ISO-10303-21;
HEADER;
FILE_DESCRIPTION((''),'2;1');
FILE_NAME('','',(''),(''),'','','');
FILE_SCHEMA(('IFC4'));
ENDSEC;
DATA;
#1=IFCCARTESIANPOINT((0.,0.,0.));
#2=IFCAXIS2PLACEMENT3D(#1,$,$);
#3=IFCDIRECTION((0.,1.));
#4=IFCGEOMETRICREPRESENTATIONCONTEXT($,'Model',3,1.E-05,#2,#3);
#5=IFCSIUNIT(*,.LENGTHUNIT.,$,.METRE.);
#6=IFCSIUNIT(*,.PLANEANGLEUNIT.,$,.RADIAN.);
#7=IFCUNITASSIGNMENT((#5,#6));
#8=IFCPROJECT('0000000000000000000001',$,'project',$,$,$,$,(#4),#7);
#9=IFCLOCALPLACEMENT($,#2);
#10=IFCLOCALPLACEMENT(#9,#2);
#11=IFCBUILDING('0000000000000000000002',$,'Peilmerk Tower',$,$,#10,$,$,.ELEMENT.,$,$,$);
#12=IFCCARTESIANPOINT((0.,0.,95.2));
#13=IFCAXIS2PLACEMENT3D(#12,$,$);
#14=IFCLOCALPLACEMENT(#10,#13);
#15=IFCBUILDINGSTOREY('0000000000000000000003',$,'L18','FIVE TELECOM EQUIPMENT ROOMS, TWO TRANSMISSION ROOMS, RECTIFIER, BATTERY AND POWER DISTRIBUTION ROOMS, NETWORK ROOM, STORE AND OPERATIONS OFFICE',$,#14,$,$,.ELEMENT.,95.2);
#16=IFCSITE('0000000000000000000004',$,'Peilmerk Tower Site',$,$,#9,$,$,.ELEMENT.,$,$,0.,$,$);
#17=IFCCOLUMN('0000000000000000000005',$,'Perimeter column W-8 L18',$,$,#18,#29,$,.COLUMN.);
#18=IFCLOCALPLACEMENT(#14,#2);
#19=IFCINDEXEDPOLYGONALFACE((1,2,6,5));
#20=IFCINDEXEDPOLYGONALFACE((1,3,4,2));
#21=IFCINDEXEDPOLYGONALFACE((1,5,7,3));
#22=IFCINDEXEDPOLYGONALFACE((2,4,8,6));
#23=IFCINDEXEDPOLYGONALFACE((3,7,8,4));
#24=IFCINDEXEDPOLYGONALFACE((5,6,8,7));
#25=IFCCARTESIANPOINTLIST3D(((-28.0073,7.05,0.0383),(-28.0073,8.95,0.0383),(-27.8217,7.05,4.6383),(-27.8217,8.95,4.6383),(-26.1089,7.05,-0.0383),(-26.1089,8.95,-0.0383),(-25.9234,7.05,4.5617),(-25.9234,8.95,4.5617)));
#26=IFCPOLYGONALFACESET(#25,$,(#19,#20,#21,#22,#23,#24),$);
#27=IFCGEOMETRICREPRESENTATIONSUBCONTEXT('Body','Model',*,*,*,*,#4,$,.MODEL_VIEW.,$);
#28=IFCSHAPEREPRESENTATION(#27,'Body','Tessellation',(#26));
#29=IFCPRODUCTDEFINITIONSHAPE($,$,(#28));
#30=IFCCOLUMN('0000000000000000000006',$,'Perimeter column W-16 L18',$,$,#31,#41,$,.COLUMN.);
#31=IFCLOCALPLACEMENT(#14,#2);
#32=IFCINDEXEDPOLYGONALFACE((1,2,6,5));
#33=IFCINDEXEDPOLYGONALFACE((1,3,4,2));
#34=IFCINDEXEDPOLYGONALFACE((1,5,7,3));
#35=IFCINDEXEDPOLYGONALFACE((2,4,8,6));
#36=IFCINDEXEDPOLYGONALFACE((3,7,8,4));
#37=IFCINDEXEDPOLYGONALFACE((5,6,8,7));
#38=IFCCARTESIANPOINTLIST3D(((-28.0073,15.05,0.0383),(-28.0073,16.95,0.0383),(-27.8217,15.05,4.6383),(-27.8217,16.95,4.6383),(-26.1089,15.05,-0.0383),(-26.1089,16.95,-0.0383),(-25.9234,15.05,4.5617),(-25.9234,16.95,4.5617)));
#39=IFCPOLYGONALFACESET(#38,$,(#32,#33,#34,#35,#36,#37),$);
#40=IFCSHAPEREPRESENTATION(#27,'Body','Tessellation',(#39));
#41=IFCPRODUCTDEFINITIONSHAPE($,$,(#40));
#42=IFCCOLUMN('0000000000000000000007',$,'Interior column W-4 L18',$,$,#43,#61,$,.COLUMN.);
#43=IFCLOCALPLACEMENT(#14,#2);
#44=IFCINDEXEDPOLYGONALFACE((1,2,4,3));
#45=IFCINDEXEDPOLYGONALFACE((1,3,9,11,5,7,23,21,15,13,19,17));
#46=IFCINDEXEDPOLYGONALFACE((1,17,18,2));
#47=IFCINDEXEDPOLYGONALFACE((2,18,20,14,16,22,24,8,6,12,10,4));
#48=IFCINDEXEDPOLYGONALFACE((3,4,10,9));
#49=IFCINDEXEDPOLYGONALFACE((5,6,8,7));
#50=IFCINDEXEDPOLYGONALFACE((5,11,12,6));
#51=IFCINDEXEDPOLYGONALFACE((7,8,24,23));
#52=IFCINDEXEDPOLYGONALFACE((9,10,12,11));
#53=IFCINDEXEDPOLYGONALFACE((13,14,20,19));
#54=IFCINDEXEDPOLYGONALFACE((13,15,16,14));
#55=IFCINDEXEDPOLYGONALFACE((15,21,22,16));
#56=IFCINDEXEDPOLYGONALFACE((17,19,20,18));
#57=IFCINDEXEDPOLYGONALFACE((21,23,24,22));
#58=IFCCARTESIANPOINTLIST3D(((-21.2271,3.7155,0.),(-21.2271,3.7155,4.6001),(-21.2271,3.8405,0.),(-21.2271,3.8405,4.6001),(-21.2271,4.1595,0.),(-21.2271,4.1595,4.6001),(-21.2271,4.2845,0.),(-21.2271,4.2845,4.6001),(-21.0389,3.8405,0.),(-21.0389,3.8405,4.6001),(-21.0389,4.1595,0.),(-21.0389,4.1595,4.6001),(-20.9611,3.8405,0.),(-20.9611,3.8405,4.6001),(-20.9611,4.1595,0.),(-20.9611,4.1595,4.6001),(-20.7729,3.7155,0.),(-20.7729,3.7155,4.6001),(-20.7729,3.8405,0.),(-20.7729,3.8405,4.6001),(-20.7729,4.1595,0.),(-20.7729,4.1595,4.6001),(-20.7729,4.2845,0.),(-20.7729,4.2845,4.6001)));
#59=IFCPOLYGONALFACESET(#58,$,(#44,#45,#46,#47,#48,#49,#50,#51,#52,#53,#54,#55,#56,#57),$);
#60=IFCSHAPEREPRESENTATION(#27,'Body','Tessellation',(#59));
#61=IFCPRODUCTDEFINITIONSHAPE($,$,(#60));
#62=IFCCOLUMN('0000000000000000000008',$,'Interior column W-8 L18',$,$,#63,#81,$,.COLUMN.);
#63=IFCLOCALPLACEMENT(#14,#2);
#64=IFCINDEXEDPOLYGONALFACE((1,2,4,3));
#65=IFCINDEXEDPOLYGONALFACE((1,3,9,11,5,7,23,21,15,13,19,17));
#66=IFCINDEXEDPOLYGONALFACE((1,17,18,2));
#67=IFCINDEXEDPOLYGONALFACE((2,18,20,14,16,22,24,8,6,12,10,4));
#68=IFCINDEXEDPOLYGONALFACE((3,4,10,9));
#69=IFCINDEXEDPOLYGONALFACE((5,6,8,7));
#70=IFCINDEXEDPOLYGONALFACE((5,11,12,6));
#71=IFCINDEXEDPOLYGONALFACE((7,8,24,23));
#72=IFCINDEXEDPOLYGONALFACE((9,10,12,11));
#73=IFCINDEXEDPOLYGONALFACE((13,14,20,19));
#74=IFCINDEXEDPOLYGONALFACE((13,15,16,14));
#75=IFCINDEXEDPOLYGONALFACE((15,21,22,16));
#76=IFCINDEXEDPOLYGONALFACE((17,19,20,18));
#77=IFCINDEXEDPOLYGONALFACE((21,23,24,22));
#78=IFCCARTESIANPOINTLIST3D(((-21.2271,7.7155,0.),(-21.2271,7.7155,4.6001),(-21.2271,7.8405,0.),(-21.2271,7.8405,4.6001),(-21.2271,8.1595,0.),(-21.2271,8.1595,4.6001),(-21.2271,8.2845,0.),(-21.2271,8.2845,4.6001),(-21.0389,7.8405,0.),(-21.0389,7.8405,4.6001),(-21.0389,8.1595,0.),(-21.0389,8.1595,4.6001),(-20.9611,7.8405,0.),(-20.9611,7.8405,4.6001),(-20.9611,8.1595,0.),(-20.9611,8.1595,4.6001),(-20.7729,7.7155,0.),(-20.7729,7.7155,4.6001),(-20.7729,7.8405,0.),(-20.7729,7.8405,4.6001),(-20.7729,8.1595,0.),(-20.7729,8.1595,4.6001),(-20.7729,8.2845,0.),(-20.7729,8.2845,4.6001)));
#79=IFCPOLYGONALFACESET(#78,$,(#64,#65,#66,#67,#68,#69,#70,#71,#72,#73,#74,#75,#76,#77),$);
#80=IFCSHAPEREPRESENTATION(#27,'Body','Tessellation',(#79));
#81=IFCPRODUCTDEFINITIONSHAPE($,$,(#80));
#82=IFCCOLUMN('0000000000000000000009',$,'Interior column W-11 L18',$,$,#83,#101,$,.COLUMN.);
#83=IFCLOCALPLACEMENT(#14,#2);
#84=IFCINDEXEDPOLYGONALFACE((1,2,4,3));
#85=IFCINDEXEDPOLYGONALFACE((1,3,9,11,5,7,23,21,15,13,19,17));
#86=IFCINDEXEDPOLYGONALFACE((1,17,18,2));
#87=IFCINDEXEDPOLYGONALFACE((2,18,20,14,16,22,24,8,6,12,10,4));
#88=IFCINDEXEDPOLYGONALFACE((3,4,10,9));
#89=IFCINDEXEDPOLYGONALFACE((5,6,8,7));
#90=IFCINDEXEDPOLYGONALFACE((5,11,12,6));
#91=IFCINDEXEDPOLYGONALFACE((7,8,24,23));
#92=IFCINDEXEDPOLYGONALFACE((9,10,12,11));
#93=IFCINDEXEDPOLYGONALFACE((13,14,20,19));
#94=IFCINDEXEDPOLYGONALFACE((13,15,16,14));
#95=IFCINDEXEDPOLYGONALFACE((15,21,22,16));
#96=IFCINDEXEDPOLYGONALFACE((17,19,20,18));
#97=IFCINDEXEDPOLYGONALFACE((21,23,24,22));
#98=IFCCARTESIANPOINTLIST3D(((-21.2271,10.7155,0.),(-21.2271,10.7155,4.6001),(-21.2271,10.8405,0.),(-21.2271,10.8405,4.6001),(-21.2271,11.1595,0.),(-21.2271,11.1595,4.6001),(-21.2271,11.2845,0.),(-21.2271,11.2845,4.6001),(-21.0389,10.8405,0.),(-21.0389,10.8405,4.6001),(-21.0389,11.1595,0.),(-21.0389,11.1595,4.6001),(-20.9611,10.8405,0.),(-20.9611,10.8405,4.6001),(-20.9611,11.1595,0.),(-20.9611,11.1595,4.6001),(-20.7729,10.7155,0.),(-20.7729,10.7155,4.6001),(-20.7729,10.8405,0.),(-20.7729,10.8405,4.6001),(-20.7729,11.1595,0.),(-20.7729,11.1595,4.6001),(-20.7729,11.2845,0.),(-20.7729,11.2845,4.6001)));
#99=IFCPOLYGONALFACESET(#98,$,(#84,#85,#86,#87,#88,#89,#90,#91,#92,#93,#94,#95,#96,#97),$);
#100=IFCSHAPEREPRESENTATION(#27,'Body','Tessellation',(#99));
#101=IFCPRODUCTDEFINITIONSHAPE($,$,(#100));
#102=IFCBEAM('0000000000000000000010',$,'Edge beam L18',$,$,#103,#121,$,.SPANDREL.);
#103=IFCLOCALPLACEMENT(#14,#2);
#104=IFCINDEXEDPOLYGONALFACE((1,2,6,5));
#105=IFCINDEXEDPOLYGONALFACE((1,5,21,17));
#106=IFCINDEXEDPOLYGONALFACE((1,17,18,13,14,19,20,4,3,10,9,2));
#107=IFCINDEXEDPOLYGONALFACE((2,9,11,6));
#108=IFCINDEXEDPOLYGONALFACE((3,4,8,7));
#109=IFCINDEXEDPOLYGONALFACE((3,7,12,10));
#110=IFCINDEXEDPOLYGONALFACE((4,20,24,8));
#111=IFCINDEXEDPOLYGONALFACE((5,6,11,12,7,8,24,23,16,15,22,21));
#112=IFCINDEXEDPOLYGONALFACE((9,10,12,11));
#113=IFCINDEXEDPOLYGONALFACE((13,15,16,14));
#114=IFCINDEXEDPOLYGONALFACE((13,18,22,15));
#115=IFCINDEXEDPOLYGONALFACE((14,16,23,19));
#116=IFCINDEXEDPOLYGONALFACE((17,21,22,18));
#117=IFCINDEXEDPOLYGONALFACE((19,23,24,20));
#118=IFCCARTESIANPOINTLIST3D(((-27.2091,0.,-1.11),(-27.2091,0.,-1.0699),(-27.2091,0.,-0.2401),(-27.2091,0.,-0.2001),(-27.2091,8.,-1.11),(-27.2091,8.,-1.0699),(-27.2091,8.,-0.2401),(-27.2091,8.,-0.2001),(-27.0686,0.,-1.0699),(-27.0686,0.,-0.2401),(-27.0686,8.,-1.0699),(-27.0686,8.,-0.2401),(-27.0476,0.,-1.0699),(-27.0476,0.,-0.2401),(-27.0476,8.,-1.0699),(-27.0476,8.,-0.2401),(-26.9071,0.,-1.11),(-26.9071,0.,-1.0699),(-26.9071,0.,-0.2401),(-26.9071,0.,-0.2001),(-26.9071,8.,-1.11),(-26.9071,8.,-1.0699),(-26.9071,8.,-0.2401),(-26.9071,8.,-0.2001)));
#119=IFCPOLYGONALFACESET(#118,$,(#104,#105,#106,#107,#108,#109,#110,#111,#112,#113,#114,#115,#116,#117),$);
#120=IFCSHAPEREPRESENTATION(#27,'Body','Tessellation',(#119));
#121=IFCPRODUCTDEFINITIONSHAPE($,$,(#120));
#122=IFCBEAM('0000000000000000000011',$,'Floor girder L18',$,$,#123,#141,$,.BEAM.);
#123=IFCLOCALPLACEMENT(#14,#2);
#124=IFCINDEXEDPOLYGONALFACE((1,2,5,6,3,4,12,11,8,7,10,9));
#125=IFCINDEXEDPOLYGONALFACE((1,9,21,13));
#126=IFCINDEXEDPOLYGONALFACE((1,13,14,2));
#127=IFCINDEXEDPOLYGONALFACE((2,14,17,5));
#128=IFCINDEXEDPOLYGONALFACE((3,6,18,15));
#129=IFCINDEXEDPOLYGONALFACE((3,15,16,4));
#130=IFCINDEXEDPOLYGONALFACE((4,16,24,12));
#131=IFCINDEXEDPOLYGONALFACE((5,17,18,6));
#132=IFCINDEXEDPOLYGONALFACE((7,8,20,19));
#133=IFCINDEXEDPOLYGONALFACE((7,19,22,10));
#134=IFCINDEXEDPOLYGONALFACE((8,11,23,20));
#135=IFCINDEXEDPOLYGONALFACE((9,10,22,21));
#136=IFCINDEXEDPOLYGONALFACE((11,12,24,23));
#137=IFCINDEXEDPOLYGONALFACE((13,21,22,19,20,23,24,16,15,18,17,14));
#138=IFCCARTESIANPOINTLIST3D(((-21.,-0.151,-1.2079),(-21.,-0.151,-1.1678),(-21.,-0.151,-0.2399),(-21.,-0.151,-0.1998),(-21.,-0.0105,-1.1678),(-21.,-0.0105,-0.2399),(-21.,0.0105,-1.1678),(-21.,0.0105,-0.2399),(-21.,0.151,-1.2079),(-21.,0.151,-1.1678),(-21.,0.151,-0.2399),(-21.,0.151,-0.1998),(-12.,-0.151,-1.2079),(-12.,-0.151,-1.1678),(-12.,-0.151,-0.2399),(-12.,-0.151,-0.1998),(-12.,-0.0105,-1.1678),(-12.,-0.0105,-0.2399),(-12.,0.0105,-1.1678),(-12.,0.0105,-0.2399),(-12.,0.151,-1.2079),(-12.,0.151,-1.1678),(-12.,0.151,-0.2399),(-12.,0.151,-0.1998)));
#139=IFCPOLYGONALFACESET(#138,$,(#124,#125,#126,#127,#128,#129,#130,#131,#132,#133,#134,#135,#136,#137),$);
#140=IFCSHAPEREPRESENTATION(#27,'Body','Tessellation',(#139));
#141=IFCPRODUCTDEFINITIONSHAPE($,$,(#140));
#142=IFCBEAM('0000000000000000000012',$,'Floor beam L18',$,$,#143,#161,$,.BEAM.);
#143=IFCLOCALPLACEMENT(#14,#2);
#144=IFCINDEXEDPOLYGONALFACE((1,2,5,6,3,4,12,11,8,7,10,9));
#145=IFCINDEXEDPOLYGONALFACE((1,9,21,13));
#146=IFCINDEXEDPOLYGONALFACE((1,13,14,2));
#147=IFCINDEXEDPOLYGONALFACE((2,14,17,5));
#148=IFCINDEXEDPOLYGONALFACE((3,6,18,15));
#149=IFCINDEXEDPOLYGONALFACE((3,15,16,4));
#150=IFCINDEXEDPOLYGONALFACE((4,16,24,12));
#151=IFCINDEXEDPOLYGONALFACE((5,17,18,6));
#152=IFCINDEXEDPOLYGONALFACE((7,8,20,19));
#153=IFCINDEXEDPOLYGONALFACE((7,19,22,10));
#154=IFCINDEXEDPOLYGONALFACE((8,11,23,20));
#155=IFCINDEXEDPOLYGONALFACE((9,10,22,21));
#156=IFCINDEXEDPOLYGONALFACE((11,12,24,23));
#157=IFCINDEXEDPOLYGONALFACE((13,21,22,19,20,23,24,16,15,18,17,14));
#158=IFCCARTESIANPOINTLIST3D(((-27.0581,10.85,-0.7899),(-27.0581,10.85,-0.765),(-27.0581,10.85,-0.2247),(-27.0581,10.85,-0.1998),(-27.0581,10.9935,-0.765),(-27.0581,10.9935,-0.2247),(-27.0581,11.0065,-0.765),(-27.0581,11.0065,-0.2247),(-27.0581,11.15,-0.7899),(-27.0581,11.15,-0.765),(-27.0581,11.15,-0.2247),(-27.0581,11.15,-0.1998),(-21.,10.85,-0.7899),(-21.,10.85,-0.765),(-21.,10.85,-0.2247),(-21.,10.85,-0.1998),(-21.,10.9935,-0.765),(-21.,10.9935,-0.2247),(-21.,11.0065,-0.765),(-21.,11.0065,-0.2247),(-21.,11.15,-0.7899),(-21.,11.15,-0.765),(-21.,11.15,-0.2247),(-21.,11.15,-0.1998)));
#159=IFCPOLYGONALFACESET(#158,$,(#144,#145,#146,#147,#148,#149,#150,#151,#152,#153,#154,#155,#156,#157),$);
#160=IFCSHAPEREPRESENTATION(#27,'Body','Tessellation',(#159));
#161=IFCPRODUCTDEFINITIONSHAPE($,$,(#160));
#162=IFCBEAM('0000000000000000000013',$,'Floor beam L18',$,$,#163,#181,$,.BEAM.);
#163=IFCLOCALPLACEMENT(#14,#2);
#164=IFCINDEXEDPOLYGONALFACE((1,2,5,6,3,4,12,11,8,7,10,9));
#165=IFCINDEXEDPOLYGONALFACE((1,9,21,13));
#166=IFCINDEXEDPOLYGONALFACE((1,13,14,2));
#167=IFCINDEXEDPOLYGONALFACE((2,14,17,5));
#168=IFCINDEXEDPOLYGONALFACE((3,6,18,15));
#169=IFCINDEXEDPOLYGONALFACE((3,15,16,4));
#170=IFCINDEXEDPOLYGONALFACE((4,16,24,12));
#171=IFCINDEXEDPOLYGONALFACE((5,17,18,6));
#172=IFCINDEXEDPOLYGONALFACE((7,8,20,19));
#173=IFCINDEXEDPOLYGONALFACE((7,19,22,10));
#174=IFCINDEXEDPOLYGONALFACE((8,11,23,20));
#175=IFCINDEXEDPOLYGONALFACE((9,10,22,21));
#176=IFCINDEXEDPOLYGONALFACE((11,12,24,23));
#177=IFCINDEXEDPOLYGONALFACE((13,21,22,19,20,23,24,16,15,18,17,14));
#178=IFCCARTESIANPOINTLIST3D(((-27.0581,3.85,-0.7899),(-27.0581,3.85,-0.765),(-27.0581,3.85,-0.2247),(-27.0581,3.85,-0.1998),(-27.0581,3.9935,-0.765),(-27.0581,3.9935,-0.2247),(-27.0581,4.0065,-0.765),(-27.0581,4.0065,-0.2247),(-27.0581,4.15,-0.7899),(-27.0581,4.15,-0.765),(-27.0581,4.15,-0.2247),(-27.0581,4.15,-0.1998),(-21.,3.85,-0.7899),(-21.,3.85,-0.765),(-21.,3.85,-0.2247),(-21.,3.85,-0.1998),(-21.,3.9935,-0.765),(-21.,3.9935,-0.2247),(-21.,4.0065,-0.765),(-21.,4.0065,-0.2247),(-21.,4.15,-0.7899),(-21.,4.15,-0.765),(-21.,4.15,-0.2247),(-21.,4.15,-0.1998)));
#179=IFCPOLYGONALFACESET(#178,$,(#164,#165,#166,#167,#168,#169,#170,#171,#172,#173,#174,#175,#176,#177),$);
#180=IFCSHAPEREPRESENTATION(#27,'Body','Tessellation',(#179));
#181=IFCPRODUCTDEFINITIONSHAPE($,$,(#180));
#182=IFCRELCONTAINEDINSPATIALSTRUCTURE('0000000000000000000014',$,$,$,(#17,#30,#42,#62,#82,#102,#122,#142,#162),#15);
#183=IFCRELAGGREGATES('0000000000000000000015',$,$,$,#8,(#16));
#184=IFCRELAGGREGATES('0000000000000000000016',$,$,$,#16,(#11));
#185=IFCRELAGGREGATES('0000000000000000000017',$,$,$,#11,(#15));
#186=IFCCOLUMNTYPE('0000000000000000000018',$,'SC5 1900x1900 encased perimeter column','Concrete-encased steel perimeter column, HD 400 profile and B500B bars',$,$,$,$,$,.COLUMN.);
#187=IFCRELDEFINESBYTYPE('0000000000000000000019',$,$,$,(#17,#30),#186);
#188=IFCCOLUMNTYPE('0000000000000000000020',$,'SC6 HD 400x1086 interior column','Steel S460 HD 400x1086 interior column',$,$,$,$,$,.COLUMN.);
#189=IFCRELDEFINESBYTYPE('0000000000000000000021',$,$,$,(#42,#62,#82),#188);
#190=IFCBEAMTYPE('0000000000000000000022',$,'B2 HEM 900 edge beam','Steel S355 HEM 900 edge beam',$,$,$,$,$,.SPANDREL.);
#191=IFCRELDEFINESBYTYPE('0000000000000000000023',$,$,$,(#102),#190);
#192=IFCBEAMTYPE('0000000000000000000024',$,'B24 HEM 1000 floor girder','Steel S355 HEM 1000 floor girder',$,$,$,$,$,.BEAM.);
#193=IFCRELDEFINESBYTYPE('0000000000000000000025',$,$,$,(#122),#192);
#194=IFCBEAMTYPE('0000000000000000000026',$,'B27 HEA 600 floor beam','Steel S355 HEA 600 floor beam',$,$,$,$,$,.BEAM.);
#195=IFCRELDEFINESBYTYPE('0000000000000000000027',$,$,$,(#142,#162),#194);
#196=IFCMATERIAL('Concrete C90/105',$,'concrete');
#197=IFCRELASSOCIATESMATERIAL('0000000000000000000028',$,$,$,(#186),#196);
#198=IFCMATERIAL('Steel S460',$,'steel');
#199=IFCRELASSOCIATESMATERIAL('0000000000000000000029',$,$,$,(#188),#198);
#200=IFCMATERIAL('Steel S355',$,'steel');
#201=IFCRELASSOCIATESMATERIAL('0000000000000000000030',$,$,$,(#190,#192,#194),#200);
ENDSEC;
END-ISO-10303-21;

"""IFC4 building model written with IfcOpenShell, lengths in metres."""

from ifc_helpers import new_model, si_unit, direction, frame, origin, origin_2d, place, context, subcontext, project, spatial, rectangle, i_section, extrude, material, material_profile, profile_set, type_object, element, save


model = new_model("IFC4")

# Units and contexts
model_context = context("Model", 3, precision=1e-05, world=origin(), true_north=direction((0.0, 1.0)))
body_context = subcontext(model_context, "Body", "Model", "MODEL_VIEW")
ifc_project = project(units=[si_unit("LENGTHUNIT", "METRE"), si_unit("PLANEANGLEUNIT", "RADIAN")], contexts=[model_context])

# Site, building, storey
site_placement = place(None, origin())
site = spatial("IfcSite", under=ifc_project, at=site_placement, Name="Peilmerk Tower Site", CompositionType="ELEMENT", RefElevation=0.0)
building_placement = place(site_placement, origin())
building = spatial("IfcBuilding", under=site, at=building_placement, Name="Peilmerk Tower", CompositionType="ELEMENT")
storey_placement = place(building_placement, frame((0.0, 0.0, 95.2)))
storey = spatial("IfcBuildingStorey", under=building, at=storey_placement, Name="L18", Description="FIVE TELECOM EQUIPMENT ROOMS, TWO TRANSMISSION ROOMS, RECTIFIER, BATTERY AND POWER DISTRIBUTION ROOMS, NETWORK ROOM, STORE AND OPERATIONS OFFICE", CompositionType="ELEMENT", Elevation=95.2)

# Columns
ifc_material_1 = material(Name="Concrete C90/105", Category="concrete")
ifc_material_profile_1 = material_profile(ifc_material_1, rectangle(XDim=1.8999, YDim=1.8999, at=origin_2d()), Name="RC 1900x1900")
ifc_profile_set_1 = profile_set([ifc_material_profile_1], Name="Concrete C90/105")
column_type_1 = type_object("IfcColumnType", Name="SC5 1900x1900 encased perimeter column", Description="Concrete-encased steel perimeter column, HD 400 profile and B500B bars", PredefinedType="COLUMN", material=ifc_profile_set_1)
for number, where, z_axis, x_axis, name in (
    (1, (-27.0581, 8.0, 0.0), (0.040303, 0.0, 0.999188), (0.0, 1.0, 0.0), "Perimeter column W-8 L18"),
    (2, (-27.0581, 16.0, 0.0), (0.040303, 0.0, 0.999188), (0.0, 1.0, 0.0), "Perimeter column W-16 L18"),
):
    element("IfcColumn", number, at=place(storey_placement, frame(where, z_axis=z_axis, x_axis=x_axis)), inside=storey, type_object=column_type_1, Name=name, PredefinedType="COLUMN", context=body_context, shape_type="SweptSolid", body=[
        extrude(rectangle(XDim=1.8999, YDim=1.8999, at=origin_2d()), origin(), (0.0, 0.0, 1.0), 4.6038),
    ])
ifc_material_2 = material(Name="Steel S460", Category="steel")
ifc_material_profile_2 = material_profile(ifc_material_2, i_section(OverallWidth=0.4541, OverallDepth=0.5691, WebThickness=0.0779, FlangeThickness=0.125, at=origin_2d()), Name="HD 400x1086")
ifc_profile_set_2 = profile_set([ifc_material_profile_2], Name="Steel S460")
column_type_2 = type_object("IfcColumnType", Name="SC6 HD 400x1086 interior column", Description="Steel S460 HD 400x1086 interior column", PredefinedType="COLUMN", material=ifc_profile_set_2)
for number, where, z_axis, x_axis, name in (
    (3, (-21.0, 4.0, 0.0), (0.0, 0.0, 1.0), (1.0, 0.0, 0.0), "Interior column W-4 L18"),
    (4, (-21.0, 8.0, 0.0), (0.0, 0.0, 1.0), (1.0, 0.0, 0.0), "Interior column W-8 L18"),
    (5, (-21.0, 11.0, 0.0), (0.0, 0.0, 1.0), (1.0, 0.0, 0.0), "Interior column W-11 L18"),
):
    element("IfcColumn", number, at=place(storey_placement, frame(where, z_axis=z_axis, x_axis=x_axis)), inside=storey, type_object=column_type_2, Name=name, PredefinedType="COLUMN", context=body_context, shape_type="SweptSolid", body=[
        extrude(i_section(OverallWidth=0.4541, OverallDepth=0.5691, WebThickness=0.0779, FlangeThickness=0.125, at=origin_2d()), origin(), (0.0, 0.0, 1.0), 4.6001),
    ])

# Beams
ifc_material_3 = material(Name="Steel S355", Category="steel")
ifc_material_profile_3 = material_profile(ifc_material_3, i_section(OverallWidth=0.302, OverallDepth=0.9099, WebThickness=0.021, FlangeThickness=0.04, at=origin_2d()), Name="HEM 900")
ifc_profile_set_3 = profile_set([ifc_material_profile_3], Name="Steel S355")
beam_type_1 = type_object("IfcBeamType", Name="B2 HEM 900 edge beam", Description="Steel S355 HEM 900 edge beam", PredefinedType="SPANDREL", material=ifc_profile_set_3)
beam_1_placement = place(storey_placement, frame((-27.0581, 8.0, -0.655), z_axis=(0.0, -1.0, 0.0), x_axis=(1.0, 0.0, 0.0)))
element("IfcBeam", 6, at=beam_1_placement, inside=storey, type_object=beam_type_1, Name="Edge beam L18", PredefinedType="SPANDREL", context=body_context, shape_type="SweptSolid", body=[
    extrude(i_section(OverallWidth=0.302, OverallDepth=0.9099, WebThickness=0.021, FlangeThickness=0.04, at=origin_2d()), origin(), (0.0, 0.0, 1.0), 8.0),
])
ifc_material_profile_4 = material_profile(ifc_material_3, i_section(OverallWidth=0.302, OverallDepth=1.0081, WebThickness=0.021, FlangeThickness=0.04, at=origin_2d()), Name="HEM 1000")
ifc_profile_set_4 = profile_set([ifc_material_profile_4], Name="Steel S355")
beam_type_2 = type_object("IfcBeamType", Name="B24 HEM 1000 floor girder", Description="Steel S355 HEM 1000 floor girder", PredefinedType="BEAM", material=ifc_profile_set_4)
beam_2_placement = place(storey_placement, frame((-12.0, 0.0, -0.7039), z_axis=(-1.0, 0.0, 0.0), x_axis=(0.0, -1.0, 0.0)))
element("IfcBeam", 7, at=beam_2_placement, inside=storey, type_object=beam_type_2, Name="Floor girder L18", PredefinedType="BEAM", context=body_context, shape_type="SweptSolid", body=[
    extrude(i_section(OverallWidth=0.302, OverallDepth=1.0081, WebThickness=0.021, FlangeThickness=0.04, at=origin_2d()), origin(), (0.0, 0.0, 1.0), 9.0),
])
ifc_material_profile_5 = material_profile(ifc_material_3, i_section(OverallWidth=0.3, OverallDepth=0.5901, WebThickness=0.0129, FlangeThickness=0.0249, at=origin_2d()), Name="HEA 600")
ifc_profile_set_5 = profile_set([ifc_material_profile_5], Name="Steel S355")
beam_type_3 = type_object("IfcBeamType", Name="B27 HEA 600 floor beam", Description="Steel S355 HEA 600 floor beam", PredefinedType="BEAM", material=ifc_profile_set_5)
for number, where, z_axis, x_axis, name in (
    (8, (-21.0, 11.0, -0.4949), (-1.0, 0.0, 0.0), (0.0, -1.0, 0.0), "Floor beam L18"),
    (9, (-21.0, 4.0, -0.4949), (-1.0, 0.0, 0.0), (0.0, -1.0, 0.0), "Floor beam L18"),
):
    element("IfcBeam", number, at=place(storey_placement, frame(where, z_axis=z_axis, x_axis=x_axis)), inside=storey, type_object=beam_type_3, Name=name, PredefinedType="BEAM", context=body_context, shape_type="SweptSolid", body=[
        extrude(i_section(OverallWidth=0.3, OverallDepth=0.5901, WebThickness=0.0129, FlangeThickness=0.0249, at=origin_2d()), origin(), (0.0, 0.0, 1.0), 6.0581),
    ])

save(model, "model.ifc")
